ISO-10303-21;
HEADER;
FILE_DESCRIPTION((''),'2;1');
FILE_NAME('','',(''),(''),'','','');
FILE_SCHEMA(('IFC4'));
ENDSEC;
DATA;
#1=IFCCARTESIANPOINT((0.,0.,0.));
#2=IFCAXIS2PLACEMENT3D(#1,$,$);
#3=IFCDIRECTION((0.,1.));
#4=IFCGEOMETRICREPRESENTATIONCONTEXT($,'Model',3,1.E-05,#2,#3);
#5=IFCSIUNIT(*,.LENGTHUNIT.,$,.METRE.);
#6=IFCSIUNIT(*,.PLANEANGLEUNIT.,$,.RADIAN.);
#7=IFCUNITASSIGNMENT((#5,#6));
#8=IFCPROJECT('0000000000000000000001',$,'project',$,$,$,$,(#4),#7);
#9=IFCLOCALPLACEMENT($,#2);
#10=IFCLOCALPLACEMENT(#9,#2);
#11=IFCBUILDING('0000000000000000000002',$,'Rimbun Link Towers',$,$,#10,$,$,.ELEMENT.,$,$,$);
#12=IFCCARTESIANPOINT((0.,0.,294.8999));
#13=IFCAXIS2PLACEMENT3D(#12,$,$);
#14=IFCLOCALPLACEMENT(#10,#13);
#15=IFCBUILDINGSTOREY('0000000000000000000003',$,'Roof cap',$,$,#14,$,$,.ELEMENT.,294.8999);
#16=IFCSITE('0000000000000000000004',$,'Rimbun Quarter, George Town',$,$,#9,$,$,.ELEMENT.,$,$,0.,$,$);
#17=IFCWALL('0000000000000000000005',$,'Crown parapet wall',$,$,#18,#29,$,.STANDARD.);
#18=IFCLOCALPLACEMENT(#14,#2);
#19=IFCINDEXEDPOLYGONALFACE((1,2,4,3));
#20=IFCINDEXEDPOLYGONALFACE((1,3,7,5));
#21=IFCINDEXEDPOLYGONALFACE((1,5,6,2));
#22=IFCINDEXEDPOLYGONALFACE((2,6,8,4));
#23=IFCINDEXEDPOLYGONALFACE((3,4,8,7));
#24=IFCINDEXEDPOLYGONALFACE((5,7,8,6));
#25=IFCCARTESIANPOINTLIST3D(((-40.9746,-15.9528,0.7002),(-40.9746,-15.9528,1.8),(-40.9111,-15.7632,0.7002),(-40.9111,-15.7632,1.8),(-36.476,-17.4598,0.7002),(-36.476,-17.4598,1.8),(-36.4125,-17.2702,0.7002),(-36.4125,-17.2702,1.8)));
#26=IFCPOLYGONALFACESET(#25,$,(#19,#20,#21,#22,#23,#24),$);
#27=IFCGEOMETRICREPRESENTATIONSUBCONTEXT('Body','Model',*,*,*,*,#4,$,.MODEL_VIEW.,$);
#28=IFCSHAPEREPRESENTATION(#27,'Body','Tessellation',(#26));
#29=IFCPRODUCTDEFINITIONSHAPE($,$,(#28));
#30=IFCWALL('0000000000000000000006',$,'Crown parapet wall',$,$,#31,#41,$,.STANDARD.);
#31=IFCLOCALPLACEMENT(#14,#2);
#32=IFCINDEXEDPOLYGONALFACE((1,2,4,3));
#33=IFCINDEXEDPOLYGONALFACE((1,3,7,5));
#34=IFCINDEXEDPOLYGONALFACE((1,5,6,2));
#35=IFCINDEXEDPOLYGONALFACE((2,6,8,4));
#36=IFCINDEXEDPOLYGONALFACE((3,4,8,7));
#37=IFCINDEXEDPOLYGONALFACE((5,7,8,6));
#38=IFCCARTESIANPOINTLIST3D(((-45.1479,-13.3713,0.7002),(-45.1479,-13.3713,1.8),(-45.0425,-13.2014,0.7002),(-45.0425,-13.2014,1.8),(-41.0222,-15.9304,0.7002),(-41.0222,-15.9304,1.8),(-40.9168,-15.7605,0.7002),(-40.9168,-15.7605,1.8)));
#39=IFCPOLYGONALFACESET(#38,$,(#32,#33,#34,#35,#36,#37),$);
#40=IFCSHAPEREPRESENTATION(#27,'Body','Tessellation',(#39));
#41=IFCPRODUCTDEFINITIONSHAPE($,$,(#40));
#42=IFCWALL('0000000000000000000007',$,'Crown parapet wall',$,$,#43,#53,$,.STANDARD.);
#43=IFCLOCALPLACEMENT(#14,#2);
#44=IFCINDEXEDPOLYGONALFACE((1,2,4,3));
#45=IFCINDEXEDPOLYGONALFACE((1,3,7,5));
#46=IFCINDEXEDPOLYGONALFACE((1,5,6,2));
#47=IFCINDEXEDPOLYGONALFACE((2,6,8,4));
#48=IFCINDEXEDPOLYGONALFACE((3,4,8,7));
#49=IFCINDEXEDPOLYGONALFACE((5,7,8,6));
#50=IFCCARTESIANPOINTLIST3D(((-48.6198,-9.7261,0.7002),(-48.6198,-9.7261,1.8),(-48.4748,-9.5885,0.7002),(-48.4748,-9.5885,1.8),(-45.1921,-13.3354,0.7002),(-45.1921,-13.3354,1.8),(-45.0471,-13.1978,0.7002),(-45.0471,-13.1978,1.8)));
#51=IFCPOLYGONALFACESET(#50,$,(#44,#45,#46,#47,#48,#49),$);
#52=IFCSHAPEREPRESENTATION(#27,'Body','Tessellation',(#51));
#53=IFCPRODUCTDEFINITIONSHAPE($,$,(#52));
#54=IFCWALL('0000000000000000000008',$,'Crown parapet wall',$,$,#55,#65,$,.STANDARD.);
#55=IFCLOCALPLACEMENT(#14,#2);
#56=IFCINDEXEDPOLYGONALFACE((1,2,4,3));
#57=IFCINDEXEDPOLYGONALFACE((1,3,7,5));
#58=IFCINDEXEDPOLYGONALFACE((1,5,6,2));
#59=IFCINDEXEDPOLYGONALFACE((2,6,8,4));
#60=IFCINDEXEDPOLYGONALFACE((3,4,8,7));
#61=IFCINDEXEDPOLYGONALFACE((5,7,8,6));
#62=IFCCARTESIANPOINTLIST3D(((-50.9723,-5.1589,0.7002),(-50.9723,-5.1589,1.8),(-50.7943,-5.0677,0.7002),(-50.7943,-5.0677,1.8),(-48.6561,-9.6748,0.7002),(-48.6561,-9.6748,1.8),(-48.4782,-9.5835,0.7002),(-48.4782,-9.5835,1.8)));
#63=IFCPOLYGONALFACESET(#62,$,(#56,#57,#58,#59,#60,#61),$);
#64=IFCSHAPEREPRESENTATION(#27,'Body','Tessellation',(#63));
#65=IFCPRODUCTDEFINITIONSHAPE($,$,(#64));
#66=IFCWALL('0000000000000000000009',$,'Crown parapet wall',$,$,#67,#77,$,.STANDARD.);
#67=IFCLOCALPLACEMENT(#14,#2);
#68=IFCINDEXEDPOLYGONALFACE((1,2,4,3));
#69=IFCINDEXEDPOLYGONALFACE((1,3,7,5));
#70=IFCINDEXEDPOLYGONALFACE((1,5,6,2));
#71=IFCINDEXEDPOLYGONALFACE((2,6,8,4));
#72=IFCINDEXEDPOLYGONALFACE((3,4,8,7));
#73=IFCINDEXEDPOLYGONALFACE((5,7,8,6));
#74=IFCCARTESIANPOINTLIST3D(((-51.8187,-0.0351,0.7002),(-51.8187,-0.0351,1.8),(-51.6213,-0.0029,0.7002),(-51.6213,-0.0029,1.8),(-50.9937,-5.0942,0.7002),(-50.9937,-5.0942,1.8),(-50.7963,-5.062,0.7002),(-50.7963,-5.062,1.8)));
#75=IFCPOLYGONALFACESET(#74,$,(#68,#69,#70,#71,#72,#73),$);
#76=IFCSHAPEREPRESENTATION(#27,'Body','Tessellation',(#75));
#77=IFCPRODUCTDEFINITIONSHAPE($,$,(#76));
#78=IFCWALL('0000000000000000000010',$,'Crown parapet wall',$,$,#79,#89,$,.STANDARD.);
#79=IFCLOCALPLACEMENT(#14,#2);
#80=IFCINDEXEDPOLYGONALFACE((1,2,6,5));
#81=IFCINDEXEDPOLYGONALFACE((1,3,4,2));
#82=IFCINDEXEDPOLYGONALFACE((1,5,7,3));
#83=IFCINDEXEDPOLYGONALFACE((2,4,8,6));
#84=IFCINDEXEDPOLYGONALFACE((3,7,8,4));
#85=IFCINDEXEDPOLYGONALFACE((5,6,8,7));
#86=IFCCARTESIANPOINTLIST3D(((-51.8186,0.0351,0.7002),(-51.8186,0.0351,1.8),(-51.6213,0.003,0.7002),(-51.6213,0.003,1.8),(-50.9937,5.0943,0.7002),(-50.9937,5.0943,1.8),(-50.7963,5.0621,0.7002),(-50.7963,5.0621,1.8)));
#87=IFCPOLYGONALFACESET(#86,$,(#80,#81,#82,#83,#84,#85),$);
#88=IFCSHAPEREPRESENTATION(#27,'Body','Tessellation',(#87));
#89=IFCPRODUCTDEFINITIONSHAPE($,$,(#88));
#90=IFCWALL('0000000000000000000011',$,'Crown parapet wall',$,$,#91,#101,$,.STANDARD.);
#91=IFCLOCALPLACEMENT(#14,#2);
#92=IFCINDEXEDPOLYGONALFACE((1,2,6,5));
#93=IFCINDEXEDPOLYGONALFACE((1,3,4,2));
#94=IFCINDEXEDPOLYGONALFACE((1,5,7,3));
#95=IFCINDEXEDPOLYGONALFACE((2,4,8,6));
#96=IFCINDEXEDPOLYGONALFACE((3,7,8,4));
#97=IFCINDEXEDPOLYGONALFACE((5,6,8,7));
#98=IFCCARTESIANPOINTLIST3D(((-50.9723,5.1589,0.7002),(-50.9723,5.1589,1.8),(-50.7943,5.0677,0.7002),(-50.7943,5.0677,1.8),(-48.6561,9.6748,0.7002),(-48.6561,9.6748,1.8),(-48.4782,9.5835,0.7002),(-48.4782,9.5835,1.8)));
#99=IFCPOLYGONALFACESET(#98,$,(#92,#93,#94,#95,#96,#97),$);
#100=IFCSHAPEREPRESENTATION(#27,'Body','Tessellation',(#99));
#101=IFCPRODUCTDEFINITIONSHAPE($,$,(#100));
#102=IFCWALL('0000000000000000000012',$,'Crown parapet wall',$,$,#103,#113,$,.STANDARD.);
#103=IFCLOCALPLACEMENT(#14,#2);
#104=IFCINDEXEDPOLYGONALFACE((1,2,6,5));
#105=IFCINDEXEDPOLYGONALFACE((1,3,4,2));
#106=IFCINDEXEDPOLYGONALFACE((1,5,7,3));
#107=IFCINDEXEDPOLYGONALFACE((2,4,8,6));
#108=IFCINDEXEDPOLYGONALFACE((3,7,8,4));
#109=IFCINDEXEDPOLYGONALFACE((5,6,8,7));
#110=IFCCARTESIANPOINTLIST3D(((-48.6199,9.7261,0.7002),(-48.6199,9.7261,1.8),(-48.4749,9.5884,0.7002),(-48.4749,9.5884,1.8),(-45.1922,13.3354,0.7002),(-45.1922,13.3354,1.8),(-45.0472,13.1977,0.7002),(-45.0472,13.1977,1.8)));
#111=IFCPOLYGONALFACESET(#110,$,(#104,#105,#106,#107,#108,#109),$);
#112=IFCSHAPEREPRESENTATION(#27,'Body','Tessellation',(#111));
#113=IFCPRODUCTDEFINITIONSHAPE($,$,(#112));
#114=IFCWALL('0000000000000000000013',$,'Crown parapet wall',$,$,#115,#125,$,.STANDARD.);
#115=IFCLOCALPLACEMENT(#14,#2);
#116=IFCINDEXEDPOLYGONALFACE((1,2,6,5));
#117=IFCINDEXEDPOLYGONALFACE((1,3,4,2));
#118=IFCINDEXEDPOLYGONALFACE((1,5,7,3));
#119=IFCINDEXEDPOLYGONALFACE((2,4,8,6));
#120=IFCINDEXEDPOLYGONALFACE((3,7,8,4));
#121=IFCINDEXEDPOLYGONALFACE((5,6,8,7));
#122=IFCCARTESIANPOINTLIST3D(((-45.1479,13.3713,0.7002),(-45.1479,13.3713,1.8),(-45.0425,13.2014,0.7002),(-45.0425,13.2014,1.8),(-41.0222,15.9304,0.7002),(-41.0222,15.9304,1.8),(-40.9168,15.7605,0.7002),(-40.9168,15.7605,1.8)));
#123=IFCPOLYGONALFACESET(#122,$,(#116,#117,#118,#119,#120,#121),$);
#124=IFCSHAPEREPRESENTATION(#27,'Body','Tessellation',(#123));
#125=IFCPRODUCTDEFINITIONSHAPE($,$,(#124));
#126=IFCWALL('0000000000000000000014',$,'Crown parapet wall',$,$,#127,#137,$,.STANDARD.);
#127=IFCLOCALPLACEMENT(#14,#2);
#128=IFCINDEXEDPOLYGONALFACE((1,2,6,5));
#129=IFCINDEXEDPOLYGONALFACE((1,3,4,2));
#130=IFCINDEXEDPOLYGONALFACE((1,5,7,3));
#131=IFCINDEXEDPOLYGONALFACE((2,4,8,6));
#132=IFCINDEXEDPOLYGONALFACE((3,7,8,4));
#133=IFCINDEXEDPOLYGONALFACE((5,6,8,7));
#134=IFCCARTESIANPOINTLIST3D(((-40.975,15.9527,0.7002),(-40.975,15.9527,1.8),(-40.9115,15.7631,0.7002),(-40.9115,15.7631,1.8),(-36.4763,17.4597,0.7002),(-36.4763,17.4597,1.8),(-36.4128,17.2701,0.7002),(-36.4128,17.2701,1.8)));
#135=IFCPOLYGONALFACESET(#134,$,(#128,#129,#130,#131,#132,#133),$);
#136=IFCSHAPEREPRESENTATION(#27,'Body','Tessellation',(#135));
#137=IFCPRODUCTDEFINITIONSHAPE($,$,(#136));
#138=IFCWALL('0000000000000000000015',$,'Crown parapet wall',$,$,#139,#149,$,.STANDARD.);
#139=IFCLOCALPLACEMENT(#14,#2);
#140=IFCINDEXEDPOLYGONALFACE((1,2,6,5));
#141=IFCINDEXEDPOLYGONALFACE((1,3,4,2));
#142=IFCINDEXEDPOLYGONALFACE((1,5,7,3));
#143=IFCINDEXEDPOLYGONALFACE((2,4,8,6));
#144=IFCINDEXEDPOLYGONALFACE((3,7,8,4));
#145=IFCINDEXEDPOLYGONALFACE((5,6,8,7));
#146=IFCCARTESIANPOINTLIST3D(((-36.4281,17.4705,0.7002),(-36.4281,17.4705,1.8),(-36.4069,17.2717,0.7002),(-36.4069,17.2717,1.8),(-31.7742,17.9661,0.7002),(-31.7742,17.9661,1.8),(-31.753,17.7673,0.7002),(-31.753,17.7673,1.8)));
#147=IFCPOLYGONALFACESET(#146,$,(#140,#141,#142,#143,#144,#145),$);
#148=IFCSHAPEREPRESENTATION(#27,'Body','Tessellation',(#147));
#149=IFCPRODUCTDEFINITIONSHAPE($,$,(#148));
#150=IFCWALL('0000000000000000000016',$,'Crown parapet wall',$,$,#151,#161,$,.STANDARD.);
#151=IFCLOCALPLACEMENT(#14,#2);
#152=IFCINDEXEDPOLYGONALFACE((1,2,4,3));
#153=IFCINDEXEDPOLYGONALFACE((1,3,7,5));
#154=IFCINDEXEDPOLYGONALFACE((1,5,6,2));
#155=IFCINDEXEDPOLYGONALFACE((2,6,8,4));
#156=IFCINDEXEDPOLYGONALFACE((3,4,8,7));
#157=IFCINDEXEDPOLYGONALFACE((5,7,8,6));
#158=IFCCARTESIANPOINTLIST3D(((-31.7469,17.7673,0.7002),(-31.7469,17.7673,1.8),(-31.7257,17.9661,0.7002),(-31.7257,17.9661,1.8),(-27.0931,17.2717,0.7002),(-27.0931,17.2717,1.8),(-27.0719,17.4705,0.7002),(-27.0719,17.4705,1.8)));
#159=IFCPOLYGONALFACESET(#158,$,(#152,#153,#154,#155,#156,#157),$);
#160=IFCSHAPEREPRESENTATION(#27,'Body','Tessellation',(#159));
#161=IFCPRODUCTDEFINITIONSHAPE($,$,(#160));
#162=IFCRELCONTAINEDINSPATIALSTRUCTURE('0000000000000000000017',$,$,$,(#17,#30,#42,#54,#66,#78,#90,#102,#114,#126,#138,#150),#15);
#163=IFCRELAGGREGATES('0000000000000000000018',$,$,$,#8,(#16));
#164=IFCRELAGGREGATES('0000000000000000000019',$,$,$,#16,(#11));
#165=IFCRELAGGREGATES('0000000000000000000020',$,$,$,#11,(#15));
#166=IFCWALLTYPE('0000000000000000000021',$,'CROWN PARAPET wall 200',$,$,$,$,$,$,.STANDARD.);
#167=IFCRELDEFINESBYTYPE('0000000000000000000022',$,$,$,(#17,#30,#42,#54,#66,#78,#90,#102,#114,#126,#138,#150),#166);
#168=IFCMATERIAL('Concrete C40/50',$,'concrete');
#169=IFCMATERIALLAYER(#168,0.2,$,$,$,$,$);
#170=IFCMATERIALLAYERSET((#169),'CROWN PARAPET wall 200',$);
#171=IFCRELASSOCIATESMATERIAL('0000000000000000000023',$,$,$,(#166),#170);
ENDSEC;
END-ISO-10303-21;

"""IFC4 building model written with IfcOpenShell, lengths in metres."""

from ifc_helpers import new_model, si_unit, direction, frame, frame_2d, origin, place, context, subcontext, project, spatial, rectangle, extrude, material, layer, layer_set, type_object, element, save


model = new_model("IFC4")

# Units and contexts
model_context = context("Model", 3, precision=1e-05, world=origin(), true_north=direction((0.0, 1.0)))
body_context = subcontext(model_context, "Body", "Model", "MODEL_VIEW")
ifc_project = project(units=[si_unit("LENGTHUNIT", "METRE"), si_unit("PLANEANGLEUNIT", "RADIAN")], contexts=[model_context])

# Site, building, storey
site_placement = place(None, origin())
site = spatial("IfcSite", under=ifc_project, at=site_placement, Name="Rimbun Quarter, George Town", CompositionType="ELEMENT", RefElevation=0.0)
building_placement = place(site_placement, origin())
building = spatial("IfcBuilding", under=site, at=building_placement, Name="Rimbun Link Towers", CompositionType="ELEMENT")
storey_placement = place(building_placement, frame((0.0, 0.0, 294.8999)))
storey = spatial("IfcBuildingStorey", under=building, at=storey_placement, Name="Roof cap", CompositionType="ELEMENT", Elevation=294.8999)

# Walls
ifc_material_1 = material(Name="Concrete C40/50", Category="concrete")
ifc_layer = layer(ifc_material_1, 0.2)
ifc_layer_set = layer_set([ifc_layer], Name="CROWN PARAPET wall 200")
wall_type = type_object("IfcWallType", Name="CROWN PARAPET wall 200", PredefinedType="STANDARD", material=ifc_layer_set)
wall_1_placement = place(storey_placement, frame((-36.4443, -17.365, 0.7002), z_axis=(0.0, 0.0, 1.0), x_axis=(-0.948209, 0.317648, 0.0)))
element("IfcWall", 1, at=wall_1_placement, inside=storey, type_object=wall_type, Name="Crown parapet wall", PredefinedType="STANDARD", context=body_context, shape_type="SweptSolid", body=[
    extrude(rectangle(XDim=4.7444, YDim=0.2, at=frame_2d((2.3721, 0.0))), origin(), (0.0, 0.0, 1.0), 1.0999),
])
wall_2_placement = place(storey_placement, frame((-40.9695, -15.8455, 0.7002), z_axis=(0.0, 0.0, 1.0), x_axis=(-0.849799, 0.527107, 0.0)))
element("IfcWall", 2, at=wall_2_placement, inside=storey, type_object=wall_type, Name="Crown parapet wall", PredefinedType="STANDARD", context=body_context, shape_type="SweptSolid", body=[
    extrude(rectangle(XDim=4.855, YDim=0.2, at=frame_2d((2.4275, 0.0))), origin(), (0.0, 0.0, 1.0), 1.0999),
])
wall_3_placement = place(storey_placement, frame((-45.1196, -13.2666, 0.7002), z_axis=(0.0, 0.0, 1.0), x_axis=(-0.688626, 0.725117, 0.0)))
element("IfcWall", 3, at=wall_3_placement, inside=storey, type_object=wall_type, Name="Crown parapet wall", PredefinedType="STANDARD", context=body_context, shape_type="SweptSolid", body=[
    extrude(rectangle(XDim=4.9775, YDim=0.2, at=frame_2d((2.4888, 0.0))), origin(), (0.0, 0.0, 1.0), 1.0999),
])
wall_4_placement = place(storey_placement, frame((-48.5671, -9.6292, 0.7002), z_axis=(0.0, 0.0, 1.0), x_axis=(-0.456368, 0.889791, 0.0)))
element("IfcWall", 4, at=wall_4_placement, inside=storey, type_object=wall_type, Name="Crown parapet wall", PredefinedType="STANDARD", context=body_context, shape_type="SweptSolid", body=[
    extrude(rectangle(XDim=5.0752, YDim=0.2, at=frame_2d((2.5376, 0.0))), origin(), (0.0, 0.0, 1.0), 1.0999),
])
for number, where, z_axis, x_axis, name in (
    (5, (-50.895, -5.0781, 0.7002), (0.0, 0.0, 1.0), (-0.160938, 0.986965, 0.0), "Crown parapet wall"),
    (6, (-51.72, 0.019, 0.7002), (0.0, 0.0, 1.0), (0.160938, 0.986965, 0.0), "Crown parapet wall"),
):
    element("IfcWall", number, at=place(storey_placement, frame(where, z_axis=z_axis, x_axis=x_axis)), inside=storey, type_object=wall_type, Name=name, PredefinedType="STANDARD", context=body_context, shape_type="SweptSolid", body=[
        extrude(rectangle(XDim=5.126, YDim=0.2, at=frame_2d((2.563, 0.0))), origin(), (0.0, 0.0, 1.0), 1.0999),
    ])
wall_5_placement = place(storey_placement, frame((-50.8833, 5.1133, 0.7002), z_axis=(0.0, 0.0, 1.0), x_axis=(0.456368, 0.889791, 0.0)))
element("IfcWall", 7, at=wall_5_placement, inside=storey, type_object=wall_type, Name="Crown parapet wall", PredefinedType="STANDARD", context=body_context, shape_type="SweptSolid", body=[
    extrude(rectangle(XDim=5.0752, YDim=0.2, at=frame_2d((2.5376, 0.0))), origin(), (0.0, 0.0, 1.0), 1.0999),
])
wall_6_placement = place(storey_placement, frame((-48.5474, 9.6572, 0.7002), z_axis=(0.0, 0.0, 1.0), x_axis=(0.688626, 0.725117, 0.0)))
element("IfcWall", 8, at=wall_6_placement, inside=storey, type_object=wall_type, Name="Crown parapet wall", PredefinedType="STANDARD", context=body_context, shape_type="SweptSolid", body=[
    extrude(rectangle(XDim=4.9775, YDim=0.2, at=frame_2d((2.4888, 0.0))), origin(), (0.0, 0.0, 1.0), 1.0999),
])
wall_7_placement = place(storey_placement, frame((-45.0952, 13.2864, 0.7002), z_axis=(0.0, 0.0, 1.0), x_axis=(0.849799, 0.527107, 0.0)))
element("IfcWall", 9, at=wall_7_placement, inside=storey, type_object=wall_type, Name="Crown parapet wall", PredefinedType="STANDARD", context=body_context, shape_type="SweptSolid", body=[
    extrude(rectangle(XDim=4.855, YDim=0.2, at=frame_2d((2.4275, 0.0))), origin(), (0.0, 0.0, 1.0), 1.0999),
])
wall_8_placement = place(storey_placement, frame((-40.9431, 15.8579, 0.7002), z_axis=(0.0, 0.0, 1.0), x_axis=(0.948209, 0.317648, 0.0)))
element("IfcWall", 10, at=wall_8_placement, inside=storey, type_object=wall_type, Name="Crown parapet wall", PredefinedType="STANDARD", context=body_context, shape_type="SweptSolid", body=[
    extrude(rectangle(XDim=4.7444, YDim=0.2, at=frame_2d((2.3721, 0.0))), origin(), (0.0, 0.0, 1.0), 1.0999),
])
for number, where, z_axis, x_axis, name in (
    (11, (-36.4175, 17.3711, 0.7002), (0.0, 0.0, 1.0), (0.994377, 0.105896, 0.0), "Crown parapet wall"),
    (12, (-31.7363, 17.8667, 0.7002), (0.0, 0.0, 1.0), (0.994377, -0.105896, 0.0), "Crown parapet wall"),
):
    element("IfcWall", number, at=place(storey_placement, frame(where, z_axis=z_axis, x_axis=x_axis)), inside=storey, type_object=wall_type, Name=name, PredefinedType="STANDARD", context=body_context, shape_type="SweptSolid", body=[
        extrude(rectangle(XDim=4.6802, YDim=0.2, at=frame_2d((2.3401, 0.0))), origin(), (0.0, 0.0, 1.0), 1.0999),
    ])

save(model, "model.ifc")
